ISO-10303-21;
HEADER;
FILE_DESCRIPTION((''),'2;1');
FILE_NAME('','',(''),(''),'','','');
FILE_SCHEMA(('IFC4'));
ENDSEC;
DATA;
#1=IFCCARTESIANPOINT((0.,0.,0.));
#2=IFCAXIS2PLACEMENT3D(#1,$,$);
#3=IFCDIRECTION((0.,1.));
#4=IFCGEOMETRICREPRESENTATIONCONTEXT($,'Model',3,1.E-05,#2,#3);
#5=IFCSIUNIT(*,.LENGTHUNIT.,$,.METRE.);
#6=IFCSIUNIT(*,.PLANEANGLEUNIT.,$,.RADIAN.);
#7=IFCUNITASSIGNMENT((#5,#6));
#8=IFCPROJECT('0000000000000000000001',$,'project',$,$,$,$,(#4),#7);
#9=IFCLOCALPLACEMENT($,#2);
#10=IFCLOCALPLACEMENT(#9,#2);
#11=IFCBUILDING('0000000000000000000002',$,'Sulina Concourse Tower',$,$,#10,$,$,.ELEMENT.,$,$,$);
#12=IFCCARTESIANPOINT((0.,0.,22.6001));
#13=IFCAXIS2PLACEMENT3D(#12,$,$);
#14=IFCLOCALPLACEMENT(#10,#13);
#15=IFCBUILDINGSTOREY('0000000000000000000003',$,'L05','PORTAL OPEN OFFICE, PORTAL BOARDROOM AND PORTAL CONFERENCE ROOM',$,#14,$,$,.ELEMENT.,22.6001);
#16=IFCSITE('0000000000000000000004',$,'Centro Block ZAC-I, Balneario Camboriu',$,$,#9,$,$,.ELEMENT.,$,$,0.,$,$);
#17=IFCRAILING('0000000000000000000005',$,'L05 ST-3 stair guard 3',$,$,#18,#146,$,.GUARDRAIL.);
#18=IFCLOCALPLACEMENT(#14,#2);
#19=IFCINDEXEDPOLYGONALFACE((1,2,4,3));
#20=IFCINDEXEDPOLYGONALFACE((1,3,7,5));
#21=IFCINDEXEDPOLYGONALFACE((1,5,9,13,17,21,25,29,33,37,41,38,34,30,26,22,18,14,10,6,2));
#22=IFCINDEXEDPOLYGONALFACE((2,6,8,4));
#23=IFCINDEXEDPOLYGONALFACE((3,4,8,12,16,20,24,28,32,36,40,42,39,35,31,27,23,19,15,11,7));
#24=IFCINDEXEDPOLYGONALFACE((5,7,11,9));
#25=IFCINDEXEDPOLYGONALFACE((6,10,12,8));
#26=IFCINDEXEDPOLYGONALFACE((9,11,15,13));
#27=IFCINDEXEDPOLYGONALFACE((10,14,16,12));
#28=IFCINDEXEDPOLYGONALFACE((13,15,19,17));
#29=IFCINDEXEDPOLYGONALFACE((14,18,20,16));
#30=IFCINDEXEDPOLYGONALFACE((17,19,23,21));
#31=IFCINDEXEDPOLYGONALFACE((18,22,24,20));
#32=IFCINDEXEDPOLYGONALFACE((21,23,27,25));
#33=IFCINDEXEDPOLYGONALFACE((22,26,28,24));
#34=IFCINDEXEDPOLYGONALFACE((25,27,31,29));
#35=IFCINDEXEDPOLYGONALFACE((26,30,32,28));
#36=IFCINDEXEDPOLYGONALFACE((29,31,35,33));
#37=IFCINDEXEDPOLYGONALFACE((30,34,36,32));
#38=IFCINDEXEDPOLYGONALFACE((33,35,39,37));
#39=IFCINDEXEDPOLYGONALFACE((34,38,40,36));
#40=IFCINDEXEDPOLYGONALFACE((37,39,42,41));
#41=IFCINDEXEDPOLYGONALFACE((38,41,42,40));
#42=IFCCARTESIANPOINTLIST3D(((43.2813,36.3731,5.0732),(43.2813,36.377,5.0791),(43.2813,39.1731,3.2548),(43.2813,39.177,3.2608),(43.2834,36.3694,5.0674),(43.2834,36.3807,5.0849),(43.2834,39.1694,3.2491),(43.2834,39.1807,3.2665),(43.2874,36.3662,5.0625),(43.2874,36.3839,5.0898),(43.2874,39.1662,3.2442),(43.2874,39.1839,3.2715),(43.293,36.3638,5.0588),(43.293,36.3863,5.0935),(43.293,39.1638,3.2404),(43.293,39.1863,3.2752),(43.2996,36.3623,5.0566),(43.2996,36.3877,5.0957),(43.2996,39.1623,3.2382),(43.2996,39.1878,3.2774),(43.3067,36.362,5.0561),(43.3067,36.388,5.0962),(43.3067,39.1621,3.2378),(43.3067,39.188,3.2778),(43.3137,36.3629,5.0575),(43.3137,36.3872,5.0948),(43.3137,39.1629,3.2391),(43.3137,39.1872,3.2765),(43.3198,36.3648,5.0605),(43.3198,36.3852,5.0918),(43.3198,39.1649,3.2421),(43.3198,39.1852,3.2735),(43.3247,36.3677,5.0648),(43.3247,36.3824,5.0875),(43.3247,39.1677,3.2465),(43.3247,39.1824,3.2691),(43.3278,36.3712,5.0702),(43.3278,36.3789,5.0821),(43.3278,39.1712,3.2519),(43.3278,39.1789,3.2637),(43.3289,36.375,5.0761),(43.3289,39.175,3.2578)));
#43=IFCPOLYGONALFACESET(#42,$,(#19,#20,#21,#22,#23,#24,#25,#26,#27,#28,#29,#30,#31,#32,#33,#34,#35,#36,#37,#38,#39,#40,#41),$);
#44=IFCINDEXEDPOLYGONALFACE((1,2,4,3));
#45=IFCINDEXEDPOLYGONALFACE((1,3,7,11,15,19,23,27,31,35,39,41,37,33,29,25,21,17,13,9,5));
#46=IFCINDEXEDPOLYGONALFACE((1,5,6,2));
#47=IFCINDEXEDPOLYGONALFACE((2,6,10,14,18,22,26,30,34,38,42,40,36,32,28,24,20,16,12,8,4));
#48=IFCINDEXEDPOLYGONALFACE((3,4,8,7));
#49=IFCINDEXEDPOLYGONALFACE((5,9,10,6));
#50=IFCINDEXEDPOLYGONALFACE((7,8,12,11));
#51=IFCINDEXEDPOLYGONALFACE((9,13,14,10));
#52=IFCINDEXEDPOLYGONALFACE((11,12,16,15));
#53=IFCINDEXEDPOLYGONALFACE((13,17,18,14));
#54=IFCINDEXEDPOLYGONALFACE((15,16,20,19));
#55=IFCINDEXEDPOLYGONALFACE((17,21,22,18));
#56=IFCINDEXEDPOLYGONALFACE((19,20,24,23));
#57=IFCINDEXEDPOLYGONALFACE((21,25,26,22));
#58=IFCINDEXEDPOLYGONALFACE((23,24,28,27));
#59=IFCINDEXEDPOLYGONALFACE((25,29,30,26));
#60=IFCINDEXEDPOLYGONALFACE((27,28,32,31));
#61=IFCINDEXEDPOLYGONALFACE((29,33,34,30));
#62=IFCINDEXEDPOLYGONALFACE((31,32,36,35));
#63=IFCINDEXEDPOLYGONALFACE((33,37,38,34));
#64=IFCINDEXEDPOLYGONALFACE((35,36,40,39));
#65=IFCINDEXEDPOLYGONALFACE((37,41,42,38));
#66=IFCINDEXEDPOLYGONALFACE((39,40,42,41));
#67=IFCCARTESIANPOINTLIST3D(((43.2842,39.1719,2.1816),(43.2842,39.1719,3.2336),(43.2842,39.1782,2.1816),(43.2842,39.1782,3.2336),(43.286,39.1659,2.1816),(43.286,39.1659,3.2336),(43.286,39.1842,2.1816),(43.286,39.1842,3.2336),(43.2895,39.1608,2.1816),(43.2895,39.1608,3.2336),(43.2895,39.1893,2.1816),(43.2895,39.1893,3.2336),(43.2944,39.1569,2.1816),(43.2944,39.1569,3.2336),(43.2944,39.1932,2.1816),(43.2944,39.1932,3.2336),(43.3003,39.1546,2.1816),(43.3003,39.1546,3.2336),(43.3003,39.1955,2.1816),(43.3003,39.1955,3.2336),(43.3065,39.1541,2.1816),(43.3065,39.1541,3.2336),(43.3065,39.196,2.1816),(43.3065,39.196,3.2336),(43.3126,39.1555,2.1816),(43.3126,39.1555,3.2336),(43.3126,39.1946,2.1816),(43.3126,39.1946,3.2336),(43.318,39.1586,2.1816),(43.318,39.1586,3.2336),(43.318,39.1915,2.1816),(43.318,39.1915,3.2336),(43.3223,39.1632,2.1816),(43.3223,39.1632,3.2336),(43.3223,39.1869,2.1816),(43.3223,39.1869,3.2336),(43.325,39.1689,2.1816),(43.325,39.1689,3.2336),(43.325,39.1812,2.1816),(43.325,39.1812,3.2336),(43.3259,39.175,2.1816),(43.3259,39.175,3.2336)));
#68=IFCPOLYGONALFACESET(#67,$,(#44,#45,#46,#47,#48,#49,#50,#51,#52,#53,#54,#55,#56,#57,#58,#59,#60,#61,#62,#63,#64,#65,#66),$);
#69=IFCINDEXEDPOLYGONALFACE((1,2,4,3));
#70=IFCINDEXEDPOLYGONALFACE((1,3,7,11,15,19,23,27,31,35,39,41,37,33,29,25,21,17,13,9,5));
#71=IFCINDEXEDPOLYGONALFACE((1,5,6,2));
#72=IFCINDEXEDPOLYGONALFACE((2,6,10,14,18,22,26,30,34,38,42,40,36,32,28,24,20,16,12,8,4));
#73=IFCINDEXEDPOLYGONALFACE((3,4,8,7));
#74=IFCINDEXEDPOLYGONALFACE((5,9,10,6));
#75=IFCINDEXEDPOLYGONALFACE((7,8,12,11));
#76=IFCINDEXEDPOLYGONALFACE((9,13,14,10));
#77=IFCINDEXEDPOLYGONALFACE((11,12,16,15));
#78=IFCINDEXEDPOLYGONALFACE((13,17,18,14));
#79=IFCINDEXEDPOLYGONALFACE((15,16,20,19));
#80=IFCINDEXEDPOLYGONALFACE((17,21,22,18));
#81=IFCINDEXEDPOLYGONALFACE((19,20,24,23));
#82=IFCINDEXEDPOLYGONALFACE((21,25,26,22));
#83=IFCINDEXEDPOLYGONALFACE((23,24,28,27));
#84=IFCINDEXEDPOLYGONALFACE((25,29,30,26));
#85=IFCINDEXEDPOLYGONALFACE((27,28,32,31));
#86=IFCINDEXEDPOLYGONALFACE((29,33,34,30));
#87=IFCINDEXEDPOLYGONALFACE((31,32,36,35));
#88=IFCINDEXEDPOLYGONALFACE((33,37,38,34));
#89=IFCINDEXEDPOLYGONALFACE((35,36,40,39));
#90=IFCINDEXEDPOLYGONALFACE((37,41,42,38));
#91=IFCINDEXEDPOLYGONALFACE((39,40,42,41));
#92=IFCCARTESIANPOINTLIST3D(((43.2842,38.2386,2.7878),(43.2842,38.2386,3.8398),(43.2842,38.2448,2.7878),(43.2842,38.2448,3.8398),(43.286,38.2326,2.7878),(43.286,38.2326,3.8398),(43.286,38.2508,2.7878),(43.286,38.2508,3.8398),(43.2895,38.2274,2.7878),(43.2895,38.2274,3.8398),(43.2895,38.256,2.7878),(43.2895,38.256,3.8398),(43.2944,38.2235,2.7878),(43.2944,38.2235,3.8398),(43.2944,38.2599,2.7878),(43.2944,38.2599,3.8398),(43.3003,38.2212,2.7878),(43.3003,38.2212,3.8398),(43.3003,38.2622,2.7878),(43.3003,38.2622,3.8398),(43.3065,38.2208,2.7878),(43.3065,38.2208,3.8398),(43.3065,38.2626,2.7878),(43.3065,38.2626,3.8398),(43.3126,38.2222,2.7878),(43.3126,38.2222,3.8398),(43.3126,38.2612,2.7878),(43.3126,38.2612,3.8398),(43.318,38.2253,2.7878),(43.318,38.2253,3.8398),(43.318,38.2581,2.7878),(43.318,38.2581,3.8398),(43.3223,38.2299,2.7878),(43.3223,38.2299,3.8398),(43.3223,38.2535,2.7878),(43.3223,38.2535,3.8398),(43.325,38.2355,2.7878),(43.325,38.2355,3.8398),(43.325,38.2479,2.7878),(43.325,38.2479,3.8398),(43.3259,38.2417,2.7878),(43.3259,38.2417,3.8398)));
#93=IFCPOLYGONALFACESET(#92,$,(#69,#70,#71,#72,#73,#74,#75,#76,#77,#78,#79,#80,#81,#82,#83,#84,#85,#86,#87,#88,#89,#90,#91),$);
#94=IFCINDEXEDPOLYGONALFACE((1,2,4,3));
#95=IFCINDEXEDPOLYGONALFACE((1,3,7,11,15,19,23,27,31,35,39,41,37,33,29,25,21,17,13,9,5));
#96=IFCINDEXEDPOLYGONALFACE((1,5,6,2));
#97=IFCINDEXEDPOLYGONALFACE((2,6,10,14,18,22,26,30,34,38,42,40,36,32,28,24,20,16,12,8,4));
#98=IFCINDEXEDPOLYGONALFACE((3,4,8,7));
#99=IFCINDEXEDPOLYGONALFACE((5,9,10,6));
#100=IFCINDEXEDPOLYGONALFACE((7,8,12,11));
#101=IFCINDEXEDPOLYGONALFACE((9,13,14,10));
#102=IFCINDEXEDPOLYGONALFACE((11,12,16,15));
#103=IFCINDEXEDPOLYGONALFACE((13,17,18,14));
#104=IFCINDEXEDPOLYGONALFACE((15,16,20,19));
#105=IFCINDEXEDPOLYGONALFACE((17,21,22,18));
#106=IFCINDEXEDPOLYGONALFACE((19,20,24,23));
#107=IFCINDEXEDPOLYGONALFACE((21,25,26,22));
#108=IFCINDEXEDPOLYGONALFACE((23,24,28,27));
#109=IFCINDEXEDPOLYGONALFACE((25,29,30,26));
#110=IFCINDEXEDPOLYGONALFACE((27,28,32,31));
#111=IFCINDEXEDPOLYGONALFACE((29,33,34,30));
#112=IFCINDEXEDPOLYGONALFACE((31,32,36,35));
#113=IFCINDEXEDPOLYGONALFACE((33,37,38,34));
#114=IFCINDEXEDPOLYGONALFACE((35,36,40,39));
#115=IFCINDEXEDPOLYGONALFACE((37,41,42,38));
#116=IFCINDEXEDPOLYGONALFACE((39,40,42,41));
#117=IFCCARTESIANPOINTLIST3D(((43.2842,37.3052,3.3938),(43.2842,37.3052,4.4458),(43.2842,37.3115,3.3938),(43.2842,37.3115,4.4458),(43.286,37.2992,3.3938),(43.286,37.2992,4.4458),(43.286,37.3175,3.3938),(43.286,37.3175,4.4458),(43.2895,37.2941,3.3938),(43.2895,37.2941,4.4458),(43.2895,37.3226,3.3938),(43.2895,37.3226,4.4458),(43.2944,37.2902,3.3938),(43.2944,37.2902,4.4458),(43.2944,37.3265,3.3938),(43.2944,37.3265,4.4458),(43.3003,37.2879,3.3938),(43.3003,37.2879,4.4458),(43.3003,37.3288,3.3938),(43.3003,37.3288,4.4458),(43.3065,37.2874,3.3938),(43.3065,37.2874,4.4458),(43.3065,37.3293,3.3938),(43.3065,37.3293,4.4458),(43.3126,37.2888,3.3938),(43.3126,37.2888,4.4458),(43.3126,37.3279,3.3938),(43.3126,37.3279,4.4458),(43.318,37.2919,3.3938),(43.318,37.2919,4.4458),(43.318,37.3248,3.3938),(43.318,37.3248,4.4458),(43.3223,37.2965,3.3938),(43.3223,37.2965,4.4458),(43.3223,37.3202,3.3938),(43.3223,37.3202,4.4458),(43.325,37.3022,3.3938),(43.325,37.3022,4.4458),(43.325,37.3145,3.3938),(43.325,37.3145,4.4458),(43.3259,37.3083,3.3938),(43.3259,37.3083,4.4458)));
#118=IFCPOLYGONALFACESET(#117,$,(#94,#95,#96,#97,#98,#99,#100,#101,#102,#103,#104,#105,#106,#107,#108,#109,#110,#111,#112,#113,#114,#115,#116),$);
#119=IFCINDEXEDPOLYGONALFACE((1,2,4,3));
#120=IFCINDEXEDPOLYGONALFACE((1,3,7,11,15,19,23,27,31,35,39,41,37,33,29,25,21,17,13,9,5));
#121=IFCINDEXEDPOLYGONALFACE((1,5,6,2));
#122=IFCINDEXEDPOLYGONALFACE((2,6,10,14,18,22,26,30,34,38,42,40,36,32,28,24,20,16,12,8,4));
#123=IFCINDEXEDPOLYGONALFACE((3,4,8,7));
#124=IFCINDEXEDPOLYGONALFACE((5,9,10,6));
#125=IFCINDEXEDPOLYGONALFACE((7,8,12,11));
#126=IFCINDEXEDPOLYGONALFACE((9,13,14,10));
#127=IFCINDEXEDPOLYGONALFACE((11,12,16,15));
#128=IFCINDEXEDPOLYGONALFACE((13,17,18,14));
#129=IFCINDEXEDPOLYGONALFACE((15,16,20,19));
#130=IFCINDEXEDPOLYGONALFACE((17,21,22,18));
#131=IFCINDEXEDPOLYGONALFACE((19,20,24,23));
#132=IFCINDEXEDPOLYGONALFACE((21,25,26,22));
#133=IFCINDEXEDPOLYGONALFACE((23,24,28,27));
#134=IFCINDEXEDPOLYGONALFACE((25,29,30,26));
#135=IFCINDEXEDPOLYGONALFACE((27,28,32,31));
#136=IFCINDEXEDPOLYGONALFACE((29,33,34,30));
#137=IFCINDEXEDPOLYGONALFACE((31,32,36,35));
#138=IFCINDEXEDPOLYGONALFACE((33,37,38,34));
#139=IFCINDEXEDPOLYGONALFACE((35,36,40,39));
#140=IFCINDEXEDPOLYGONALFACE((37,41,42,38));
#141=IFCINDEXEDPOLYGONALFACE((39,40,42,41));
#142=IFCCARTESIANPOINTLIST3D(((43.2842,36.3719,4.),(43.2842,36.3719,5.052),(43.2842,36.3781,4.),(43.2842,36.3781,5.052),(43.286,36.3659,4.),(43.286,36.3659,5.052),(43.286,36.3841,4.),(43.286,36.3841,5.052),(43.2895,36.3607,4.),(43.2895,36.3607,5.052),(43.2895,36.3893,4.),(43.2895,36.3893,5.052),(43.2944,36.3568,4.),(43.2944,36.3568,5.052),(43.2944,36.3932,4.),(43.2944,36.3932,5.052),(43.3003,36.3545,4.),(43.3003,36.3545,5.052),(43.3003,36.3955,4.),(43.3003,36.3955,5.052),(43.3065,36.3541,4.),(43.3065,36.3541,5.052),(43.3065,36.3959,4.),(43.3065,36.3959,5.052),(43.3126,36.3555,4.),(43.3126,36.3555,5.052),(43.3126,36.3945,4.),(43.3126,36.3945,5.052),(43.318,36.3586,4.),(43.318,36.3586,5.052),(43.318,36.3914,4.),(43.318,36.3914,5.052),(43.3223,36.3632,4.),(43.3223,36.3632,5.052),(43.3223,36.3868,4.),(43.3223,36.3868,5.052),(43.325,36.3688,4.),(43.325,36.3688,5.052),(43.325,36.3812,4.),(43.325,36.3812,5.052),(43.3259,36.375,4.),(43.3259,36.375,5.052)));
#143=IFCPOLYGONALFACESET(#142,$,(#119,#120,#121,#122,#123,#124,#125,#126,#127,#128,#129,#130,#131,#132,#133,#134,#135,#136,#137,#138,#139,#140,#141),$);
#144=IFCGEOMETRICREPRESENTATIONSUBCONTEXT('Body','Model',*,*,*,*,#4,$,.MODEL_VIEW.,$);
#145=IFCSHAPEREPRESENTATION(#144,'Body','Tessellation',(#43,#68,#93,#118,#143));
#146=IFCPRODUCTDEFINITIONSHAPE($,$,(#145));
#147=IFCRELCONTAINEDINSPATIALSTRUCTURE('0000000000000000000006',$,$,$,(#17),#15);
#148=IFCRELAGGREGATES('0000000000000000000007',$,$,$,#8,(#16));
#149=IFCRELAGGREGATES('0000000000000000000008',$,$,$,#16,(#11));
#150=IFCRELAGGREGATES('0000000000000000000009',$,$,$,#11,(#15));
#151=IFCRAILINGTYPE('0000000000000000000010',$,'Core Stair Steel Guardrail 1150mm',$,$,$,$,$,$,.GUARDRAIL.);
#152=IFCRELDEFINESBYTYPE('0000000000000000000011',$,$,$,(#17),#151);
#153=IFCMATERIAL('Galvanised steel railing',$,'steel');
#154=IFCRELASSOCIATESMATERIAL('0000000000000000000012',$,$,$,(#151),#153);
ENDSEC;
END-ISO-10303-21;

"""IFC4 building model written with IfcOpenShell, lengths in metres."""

from ifc_helpers import new_model, si_unit, direction, frame, origin, origin_2d, place, context, subcontext, project, spatial, circle, extrude, material, type_object, element, save


model = new_model("IFC4")

# Units and contexts
model_context = context("Model", 3, precision=1e-05, world=origin(), true_north=direction((0.0, 1.0)))
body_context = subcontext(model_context, "Body", "Model", "MODEL_VIEW")
ifc_project = project(units=[si_unit("LENGTHUNIT", "METRE"), si_unit("PLANEANGLEUNIT", "RADIAN")], contexts=[model_context])

# Site, building, storey
site_placement = place(None, origin())
site = spatial("IfcSite", under=ifc_project, at=site_placement, Name="Centro Block ZAC-I, Balneario Camboriu", CompositionType="ELEMENT", RefElevation=0.0)
building_placement = place(site_placement, origin())
building = spatial("IfcBuilding", under=site, at=building_placement, Name="Sulina Concourse Tower", CompositionType="ELEMENT")
storey_placement = place(building_placement, frame((0.0, 0.0, 22.6001)))
storey = spatial("IfcBuildingStorey", under=building, at=storey_placement, Name="L05", Description="PORTAL OPEN OFFICE, PORTAL BOARDROOM AND PORTAL CONFERENCE ROOM", CompositionType="ELEMENT", Elevation=22.6001)

# Railing
ifc_material_1 = material(Name="Galvanised steel railing", Category="steel")
railing_type_1 = type_object("IfcRailingType", Name="Core Stair Steel Guardrail 1150mm", PredefinedType="GUARDRAIL", material=ifc_material_1)
railing_1_placement = place(storey_placement, frame((43.3049, 39.175, 2.1816)))
element("IfcRailing", 1, at=railing_1_placement, inside=storey, type_object=railing_type_1, Name="L05 ST-3 stair guard 3", PredefinedType="GUARDRAIL", context=body_context, shape_type="SweptSolid", body=[
    extrude(circle(Radius=0.0239, at=origin_2d()), frame((0.0, 0.0, 1.0762), z_axis=(0.0, -0.838672, 0.544636), x_axis=(1.0, 0.0, 0.0)), (0.0, 0.0, 1.0), 3.3386),
    extrude(circle(Radius=0.021, at=origin_2d()), origin(), (0.0, 0.0, 1.0), 1.052),
    extrude(circle(Radius=0.021, at=origin_2d()), frame((0.0, -0.9333, 0.6062)), (0.0, 0.0, 1.0), 1.052),
    extrude(circle(Radius=0.021, at=origin_2d()), frame((0.0, -1.8667, 1.2122)), (0.0, 0.0, 1.0), 1.052),
    extrude(circle(Radius=0.021, at=origin_2d()), frame((0.0, -2.8, 1.8184)), (0.0, 0.0, 1.0), 1.052),
])

save(model, "model.ifc")
